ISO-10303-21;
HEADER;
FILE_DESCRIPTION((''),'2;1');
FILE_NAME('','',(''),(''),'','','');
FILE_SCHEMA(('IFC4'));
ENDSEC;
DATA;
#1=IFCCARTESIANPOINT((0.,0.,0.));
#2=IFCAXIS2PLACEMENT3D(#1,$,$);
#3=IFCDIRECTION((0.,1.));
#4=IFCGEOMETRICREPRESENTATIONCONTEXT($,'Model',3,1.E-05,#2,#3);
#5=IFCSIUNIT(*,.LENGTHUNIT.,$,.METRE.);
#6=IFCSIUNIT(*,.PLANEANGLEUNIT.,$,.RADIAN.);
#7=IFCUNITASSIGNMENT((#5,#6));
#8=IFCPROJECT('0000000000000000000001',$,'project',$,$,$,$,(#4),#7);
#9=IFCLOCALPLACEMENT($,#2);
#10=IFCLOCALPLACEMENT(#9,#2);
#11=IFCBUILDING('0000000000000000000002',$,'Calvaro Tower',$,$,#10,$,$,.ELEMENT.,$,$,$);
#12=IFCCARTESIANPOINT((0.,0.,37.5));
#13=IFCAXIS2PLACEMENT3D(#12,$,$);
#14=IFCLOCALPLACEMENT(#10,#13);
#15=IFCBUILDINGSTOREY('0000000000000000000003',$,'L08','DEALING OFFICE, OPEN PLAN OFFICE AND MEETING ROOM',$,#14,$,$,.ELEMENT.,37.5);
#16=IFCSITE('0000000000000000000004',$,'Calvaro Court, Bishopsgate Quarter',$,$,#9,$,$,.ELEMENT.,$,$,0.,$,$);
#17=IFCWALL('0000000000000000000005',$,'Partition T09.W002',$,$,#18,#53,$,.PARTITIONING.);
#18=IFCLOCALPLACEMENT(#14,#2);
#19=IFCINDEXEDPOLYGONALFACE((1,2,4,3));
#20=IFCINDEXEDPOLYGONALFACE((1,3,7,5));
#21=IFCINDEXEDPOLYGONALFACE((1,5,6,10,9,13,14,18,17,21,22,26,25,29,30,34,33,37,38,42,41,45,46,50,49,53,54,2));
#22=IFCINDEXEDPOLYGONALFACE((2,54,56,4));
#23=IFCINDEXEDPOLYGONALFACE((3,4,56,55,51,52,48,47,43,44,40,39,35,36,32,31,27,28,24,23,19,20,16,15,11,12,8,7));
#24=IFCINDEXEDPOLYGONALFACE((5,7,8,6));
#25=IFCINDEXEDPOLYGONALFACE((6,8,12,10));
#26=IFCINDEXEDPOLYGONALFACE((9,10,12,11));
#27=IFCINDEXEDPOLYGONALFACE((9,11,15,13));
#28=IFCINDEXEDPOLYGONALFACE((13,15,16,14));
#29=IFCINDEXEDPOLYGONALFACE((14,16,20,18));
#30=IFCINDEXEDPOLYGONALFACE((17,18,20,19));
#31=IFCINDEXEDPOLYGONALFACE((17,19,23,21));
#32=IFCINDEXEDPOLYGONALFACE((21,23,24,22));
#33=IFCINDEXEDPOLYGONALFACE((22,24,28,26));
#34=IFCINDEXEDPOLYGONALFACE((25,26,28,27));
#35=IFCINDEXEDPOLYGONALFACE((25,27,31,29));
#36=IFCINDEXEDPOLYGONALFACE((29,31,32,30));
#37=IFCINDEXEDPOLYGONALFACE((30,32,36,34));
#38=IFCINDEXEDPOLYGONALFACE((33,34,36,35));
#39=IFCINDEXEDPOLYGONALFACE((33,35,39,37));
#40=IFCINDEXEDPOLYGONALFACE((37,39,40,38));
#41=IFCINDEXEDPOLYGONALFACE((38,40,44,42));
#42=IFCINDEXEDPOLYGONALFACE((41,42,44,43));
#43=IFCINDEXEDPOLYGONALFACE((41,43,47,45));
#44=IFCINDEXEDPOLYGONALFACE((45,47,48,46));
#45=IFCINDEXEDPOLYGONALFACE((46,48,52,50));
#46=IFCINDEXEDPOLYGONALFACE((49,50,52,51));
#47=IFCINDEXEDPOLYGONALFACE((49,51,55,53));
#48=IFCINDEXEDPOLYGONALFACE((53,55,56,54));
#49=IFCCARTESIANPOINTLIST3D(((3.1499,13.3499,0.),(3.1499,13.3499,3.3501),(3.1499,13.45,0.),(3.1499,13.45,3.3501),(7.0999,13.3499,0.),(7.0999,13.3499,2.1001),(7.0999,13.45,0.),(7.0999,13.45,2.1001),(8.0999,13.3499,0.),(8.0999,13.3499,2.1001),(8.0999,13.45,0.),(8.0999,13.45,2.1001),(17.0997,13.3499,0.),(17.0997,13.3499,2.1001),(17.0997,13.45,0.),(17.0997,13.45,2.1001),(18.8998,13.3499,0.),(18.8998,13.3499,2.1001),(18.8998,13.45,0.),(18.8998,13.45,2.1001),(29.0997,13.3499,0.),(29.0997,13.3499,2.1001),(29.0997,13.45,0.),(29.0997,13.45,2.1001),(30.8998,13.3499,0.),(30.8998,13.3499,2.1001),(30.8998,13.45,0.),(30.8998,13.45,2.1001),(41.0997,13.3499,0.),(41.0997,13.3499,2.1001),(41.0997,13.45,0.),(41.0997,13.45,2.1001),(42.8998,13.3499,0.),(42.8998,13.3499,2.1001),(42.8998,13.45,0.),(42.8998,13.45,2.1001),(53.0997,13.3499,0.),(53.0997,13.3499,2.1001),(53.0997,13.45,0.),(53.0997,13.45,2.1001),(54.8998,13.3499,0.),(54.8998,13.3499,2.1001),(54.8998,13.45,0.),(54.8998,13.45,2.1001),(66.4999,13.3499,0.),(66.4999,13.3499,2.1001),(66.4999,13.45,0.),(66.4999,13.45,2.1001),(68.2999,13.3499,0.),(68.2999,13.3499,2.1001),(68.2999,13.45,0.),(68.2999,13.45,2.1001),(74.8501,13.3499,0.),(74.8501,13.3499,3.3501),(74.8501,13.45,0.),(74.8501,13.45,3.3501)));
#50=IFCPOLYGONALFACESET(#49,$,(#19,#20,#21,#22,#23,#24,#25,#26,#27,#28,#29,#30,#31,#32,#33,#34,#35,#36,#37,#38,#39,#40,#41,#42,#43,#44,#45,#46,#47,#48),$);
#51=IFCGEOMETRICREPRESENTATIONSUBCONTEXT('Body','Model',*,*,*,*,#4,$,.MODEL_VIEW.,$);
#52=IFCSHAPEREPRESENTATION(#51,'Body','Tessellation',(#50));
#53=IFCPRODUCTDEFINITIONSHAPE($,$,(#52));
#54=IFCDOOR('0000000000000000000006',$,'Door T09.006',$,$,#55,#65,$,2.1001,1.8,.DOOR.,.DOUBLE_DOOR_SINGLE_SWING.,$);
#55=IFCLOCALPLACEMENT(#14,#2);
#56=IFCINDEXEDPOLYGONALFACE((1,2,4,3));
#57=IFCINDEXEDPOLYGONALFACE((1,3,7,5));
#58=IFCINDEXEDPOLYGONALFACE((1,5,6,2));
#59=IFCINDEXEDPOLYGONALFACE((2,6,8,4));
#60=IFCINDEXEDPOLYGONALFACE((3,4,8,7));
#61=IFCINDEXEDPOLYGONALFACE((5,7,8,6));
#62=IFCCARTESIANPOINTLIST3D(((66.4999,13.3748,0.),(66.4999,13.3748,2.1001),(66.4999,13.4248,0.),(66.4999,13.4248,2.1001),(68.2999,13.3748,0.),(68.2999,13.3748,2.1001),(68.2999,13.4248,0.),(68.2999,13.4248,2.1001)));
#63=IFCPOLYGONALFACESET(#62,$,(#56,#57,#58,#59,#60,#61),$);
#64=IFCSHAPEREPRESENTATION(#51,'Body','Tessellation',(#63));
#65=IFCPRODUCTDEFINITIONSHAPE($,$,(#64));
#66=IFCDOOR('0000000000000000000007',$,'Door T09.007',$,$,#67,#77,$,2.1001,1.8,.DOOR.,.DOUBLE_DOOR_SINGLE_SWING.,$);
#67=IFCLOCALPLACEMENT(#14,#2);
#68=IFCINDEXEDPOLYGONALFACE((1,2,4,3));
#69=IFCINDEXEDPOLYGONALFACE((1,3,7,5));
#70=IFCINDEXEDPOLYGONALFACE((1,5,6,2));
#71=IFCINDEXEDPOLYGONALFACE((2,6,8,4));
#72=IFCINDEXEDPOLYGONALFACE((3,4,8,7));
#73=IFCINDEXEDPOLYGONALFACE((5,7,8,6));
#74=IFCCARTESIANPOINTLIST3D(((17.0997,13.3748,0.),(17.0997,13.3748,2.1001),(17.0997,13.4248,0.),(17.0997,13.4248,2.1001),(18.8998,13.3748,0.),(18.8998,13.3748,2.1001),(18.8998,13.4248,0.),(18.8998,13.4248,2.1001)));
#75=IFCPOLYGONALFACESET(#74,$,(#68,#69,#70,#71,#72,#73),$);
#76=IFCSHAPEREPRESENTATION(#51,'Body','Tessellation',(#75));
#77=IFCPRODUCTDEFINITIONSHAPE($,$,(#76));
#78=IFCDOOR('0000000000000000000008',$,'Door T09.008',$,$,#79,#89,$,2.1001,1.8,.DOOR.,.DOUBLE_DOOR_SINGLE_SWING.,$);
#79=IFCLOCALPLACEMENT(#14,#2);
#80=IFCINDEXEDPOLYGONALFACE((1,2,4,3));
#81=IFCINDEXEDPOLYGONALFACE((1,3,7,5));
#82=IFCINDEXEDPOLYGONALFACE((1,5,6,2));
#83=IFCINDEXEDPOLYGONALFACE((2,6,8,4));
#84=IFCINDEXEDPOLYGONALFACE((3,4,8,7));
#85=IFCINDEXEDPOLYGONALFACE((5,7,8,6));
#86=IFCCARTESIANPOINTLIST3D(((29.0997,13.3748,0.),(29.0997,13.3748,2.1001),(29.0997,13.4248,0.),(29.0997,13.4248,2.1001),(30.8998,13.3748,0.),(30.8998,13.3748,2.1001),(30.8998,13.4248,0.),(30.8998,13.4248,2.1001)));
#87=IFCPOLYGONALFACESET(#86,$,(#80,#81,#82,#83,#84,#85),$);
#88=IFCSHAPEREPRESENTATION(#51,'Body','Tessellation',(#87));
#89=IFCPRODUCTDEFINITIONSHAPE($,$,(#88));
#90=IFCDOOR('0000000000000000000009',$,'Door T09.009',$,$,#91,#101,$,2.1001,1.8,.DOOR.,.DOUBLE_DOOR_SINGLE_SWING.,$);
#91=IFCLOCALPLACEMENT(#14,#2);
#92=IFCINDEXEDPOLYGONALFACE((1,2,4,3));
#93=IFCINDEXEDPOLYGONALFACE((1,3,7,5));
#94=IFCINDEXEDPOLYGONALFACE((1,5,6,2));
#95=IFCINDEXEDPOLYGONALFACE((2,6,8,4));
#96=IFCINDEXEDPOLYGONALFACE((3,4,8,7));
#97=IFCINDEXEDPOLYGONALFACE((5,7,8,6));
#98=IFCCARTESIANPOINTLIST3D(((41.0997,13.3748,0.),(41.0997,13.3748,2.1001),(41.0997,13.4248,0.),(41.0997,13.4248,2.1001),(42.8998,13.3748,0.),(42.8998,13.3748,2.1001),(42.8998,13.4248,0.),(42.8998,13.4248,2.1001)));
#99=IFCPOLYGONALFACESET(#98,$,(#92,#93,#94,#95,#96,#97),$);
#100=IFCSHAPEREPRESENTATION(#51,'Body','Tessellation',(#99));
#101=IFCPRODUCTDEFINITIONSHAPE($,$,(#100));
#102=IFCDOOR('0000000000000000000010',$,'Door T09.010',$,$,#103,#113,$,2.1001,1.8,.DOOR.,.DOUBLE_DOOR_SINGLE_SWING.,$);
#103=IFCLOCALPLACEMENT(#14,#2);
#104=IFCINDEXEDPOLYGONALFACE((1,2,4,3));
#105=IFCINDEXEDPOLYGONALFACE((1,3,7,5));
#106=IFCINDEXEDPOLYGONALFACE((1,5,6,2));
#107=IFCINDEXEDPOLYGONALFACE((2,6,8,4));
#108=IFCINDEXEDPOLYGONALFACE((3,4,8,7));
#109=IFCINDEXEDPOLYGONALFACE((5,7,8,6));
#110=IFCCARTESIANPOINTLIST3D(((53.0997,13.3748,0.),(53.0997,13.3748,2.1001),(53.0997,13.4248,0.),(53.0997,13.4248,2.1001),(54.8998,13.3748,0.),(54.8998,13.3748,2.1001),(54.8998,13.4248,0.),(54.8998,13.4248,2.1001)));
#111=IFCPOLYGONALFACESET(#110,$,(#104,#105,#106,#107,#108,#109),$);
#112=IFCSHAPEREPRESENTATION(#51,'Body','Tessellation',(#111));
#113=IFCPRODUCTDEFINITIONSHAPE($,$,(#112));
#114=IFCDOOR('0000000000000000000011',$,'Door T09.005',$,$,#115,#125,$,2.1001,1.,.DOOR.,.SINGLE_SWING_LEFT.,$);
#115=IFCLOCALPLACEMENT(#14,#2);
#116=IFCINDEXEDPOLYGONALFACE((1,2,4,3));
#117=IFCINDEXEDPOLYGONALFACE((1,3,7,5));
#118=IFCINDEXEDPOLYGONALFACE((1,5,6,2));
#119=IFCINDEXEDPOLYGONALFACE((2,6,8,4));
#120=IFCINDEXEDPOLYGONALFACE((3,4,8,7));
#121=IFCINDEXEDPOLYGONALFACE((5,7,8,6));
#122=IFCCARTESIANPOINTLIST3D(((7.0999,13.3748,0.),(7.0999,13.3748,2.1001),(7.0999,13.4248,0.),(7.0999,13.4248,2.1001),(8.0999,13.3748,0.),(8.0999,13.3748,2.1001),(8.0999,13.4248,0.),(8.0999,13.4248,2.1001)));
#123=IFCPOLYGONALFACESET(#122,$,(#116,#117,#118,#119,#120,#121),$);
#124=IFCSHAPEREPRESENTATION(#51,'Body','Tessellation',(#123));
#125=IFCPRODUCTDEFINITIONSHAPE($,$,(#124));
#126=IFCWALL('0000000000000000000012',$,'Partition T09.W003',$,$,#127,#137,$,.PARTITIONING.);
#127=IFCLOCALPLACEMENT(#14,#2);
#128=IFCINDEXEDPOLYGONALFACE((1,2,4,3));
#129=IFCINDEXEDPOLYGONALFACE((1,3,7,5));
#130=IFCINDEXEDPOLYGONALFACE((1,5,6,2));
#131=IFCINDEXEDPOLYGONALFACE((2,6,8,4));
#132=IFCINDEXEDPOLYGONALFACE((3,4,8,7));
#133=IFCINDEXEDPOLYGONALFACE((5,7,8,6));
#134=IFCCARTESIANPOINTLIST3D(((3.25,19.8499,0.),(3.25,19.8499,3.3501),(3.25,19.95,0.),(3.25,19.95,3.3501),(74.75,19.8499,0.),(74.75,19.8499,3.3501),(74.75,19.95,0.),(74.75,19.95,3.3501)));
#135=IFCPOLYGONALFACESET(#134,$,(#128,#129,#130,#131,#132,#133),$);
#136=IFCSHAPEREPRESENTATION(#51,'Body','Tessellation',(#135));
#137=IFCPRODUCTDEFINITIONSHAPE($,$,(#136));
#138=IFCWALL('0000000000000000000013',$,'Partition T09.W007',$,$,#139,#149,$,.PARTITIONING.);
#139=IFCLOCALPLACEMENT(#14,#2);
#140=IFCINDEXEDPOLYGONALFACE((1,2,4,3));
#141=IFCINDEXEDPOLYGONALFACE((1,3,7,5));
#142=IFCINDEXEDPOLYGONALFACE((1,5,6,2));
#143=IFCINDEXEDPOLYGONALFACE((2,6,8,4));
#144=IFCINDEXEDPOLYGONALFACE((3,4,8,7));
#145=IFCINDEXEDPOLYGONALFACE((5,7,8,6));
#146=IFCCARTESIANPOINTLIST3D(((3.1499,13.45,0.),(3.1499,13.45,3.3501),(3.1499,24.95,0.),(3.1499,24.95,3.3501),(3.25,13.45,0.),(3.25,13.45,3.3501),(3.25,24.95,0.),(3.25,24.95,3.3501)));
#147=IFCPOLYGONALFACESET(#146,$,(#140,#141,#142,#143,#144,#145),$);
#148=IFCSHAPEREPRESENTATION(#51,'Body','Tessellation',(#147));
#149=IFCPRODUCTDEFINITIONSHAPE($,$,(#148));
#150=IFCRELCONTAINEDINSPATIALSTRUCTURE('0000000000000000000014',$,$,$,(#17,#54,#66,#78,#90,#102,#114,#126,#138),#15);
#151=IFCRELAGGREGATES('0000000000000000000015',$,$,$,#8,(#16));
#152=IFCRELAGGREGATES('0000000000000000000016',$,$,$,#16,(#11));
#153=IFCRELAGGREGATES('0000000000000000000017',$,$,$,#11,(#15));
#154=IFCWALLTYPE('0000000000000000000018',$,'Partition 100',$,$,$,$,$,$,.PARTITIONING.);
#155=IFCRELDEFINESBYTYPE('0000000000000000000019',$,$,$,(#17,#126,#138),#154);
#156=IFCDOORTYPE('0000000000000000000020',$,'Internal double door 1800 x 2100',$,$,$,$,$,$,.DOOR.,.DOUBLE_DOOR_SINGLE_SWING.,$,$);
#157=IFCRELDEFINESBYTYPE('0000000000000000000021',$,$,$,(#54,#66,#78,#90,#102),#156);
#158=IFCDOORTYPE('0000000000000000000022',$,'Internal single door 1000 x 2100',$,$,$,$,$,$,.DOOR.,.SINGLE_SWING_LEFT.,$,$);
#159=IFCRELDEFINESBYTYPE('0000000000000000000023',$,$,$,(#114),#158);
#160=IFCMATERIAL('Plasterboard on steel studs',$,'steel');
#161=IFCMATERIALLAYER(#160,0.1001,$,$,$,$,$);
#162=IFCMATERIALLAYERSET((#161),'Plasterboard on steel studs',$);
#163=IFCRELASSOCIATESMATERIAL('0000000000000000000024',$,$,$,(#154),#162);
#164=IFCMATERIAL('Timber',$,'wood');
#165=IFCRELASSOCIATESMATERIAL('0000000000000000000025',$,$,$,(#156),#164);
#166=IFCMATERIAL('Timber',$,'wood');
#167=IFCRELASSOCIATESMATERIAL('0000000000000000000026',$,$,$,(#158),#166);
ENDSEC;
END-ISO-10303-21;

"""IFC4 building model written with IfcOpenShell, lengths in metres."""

from ifc_helpers import new_model, si_unit, direction, frame, frame_2d, origin, place, context, subcontext, project, spatial, rectangle, extrude, material, layer, layer_set, type_object, element, fill, save


model = new_model("IFC4")

# Units and contexts
model_context = context("Model", 3, precision=1e-05, world=origin(), true_north=direction((0.0, 1.0)))
body_context = subcontext(model_context, "Body", "Model", "MODEL_VIEW")
ifc_project = project(units=[si_unit("LENGTHUNIT", "METRE"), si_unit("PLANEANGLEUNIT", "RADIAN")], contexts=[model_context])

# Site, building, storey
site_placement = place(None, origin())
site = spatial("IfcSite", under=ifc_project, at=site_placement, Name="Calvaro Court, Bishopsgate Quarter", CompositionType="ELEMENT", RefElevation=0.0)
building_placement = place(site_placement, origin())
building = spatial("IfcBuilding", under=site, at=building_placement, Name="Calvaro Tower", CompositionType="ELEMENT")
storey_placement = place(building_placement, frame((0.0, 0.0, 37.5)))
storey = spatial("IfcBuildingStorey", under=building, at=storey_placement, Name="L08", Description="DEALING OFFICE, OPEN PLAN OFFICE AND MEETING ROOM", CompositionType="ELEMENT", Elevation=37.5)

# Wall, openings, doors
ifc_material_1 = material(Name="Plasterboard on steel studs", Category="steel")
ifc_layer = layer(ifc_material_1, 0.1001)
ifc_layer_set = layer_set([ifc_layer], Name="Plasterboard on steel studs")
wall_type = type_object("IfcWallType", Name="Partition 100", PredefinedType="PARTITIONING", material=ifc_layer_set)
wall_1_placement = place(storey_placement, frame((3.1499, 13.3999, 0.0), z_axis=(0.0, 0.0, 1.0), x_axis=(1.0, 0.0, 0.0)))
wall_1 = element("IfcWall", 1, at=wall_1_placement, inside=storey, type_object=wall_type, Name="Partition T09.W002", PredefinedType="PARTITIONING", context=body_context, shape_type="SweptSolid", body=[
    extrude(rectangle(XDim=71.7002, YDim=0.1001, at=frame_2d((35.8501, 0.0))), origin(), (0.0, 0.0, 1.0), 3.3501),
])
opening_1_placement = place(wall_1_placement, frame((3.95, 0.0, 0.0)))
opening_1 = element("IfcOpeningElement", 2, at=opening_1_placement, cuts=wall_1, PredefinedType="OPENING", context=body_context, shape_type="SweptSolid", body=[
    extrude(rectangle(XDim=1.0, YDim=2.1001, at=frame_2d((0.5, 1.05))), frame((0.0, 0.0601, 0.0), z_axis=(0.0, -1.0, 0.0), x_axis=(1.0, 0.0, 0.0)), (0.0, 0.0, 1.0), 0.1201),
])
opening_2_placement = place(wall_1_placement, frame((63.3501, 0.0, 0.0)))
opening_2 = element("IfcOpeningElement", 3, at=opening_2_placement, cuts=wall_1, PredefinedType="OPENING", context=body_context, shape_type="SweptSolid", body=[
    extrude(rectangle(XDim=1.8, YDim=2.1001, at=frame_2d((0.8999, 1.05))), frame((0.0, 0.0601, 0.0), z_axis=(0.0, -1.0, 0.0), x_axis=(1.0, 0.0, 0.0)), (0.0, 0.0, 1.0), 0.1201),
])
opening_3_placement = place(wall_1_placement, frame((13.95, 0.0, 0.0)))
opening_3 = element("IfcOpeningElement", 4, at=opening_3_placement, cuts=wall_1, PredefinedType="OPENING", context=body_context, shape_type="SweptSolid", body=[
    extrude(rectangle(XDim=1.8, YDim=2.1001, at=frame_2d((0.8999, 1.05))), frame((0.0, 0.0601, 0.0), z_axis=(0.0, -1.0, 0.0), x_axis=(1.0, 0.0, 0.0)), (0.0, 0.0, 1.0), 0.1201),
])
opening_4_placement = place(wall_1_placement, frame((25.95, 0.0, 0.0)))
opening_4 = element("IfcOpeningElement", 5, at=opening_4_placement, cuts=wall_1, PredefinedType="OPENING", context=body_context, shape_type="SweptSolid", body=[
    extrude(rectangle(XDim=1.8, YDim=2.1001, at=frame_2d((0.8999, 1.05))), frame((0.0, 0.0601, 0.0), z_axis=(0.0, -1.0, 0.0), x_axis=(1.0, 0.0, 0.0)), (0.0, 0.0, 1.0), 0.1201),
])
opening_5_placement = place(wall_1_placement, frame((37.95, 0.0, 0.0)))
opening_5 = element("IfcOpeningElement", 6, at=opening_5_placement, cuts=wall_1, PredefinedType="OPENING", context=body_context, shape_type="SweptSolid", body=[
    extrude(rectangle(XDim=1.8, YDim=2.1001, at=frame_2d((0.8999, 1.05))), frame((0.0, 0.0601, 0.0), z_axis=(0.0, -1.0, 0.0), x_axis=(1.0, 0.0, 0.0)), (0.0, 0.0, 1.0), 0.1201),
])
opening_6_placement = place(wall_1_placement, frame((49.95, 0.0, 0.0)))
opening_6 = element("IfcOpeningElement", 7, at=opening_6_placement, cuts=wall_1, PredefinedType="OPENING", context=body_context, shape_type="SweptSolid", body=[
    extrude(rectangle(XDim=1.8, YDim=2.1001, at=frame_2d((0.8999, 1.05))), frame((0.0, 0.0601, 0.0), z_axis=(0.0, -1.0, 0.0), x_axis=(1.0, 0.0, 0.0)), (0.0, 0.0, 1.0), 0.1201),
])
ifc_material_2 = material(Name="Timber", Category="wood")
door_type_1 = type_object("IfcDoorType", Name="Internal double door 1800 x 2100", OperationType="DOUBLE_DOOR_SINGLE_SWING", PredefinedType="DOOR", material=ifc_material_2)
door_1_placement = place(opening_2_placement, origin())
door_1 = element("IfcDoor", 8, at=door_1_placement, inside=storey, type_object=door_type_1, Name="Door T09.006", OperationType="DOUBLE_DOOR_SINGLE_SWING", OverallHeight=2.1001, OverallWidth=1.8, PredefinedType="DOOR", context=body_context, shape_type="SweptSolid", body=[
    extrude(rectangle(XDim=1.8, YDim=2.1001, at=frame_2d((0.8999, 1.05))), frame((0.0, 0.0249, 0.0), z_axis=(0.0, -1.0, 0.0), x_axis=(1.0, 0.0, 0.0)), (0.0, 0.0, 1.0), 0.05),
])
fill(opening_2, door_1)
door_2_placement = place(opening_3_placement, origin())
door_2 = element("IfcDoor", 9, at=door_2_placement, inside=storey, type_object=door_type_1, Name="Door T09.007", OperationType="DOUBLE_DOOR_SINGLE_SWING", OverallHeight=2.1001, OverallWidth=1.8, PredefinedType="DOOR", context=body_context, shape_type="SweptSolid", body=[
    extrude(rectangle(XDim=1.8, YDim=2.1001, at=frame_2d((0.8999, 1.05))), frame((0.0, 0.0249, 0.0), z_axis=(0.0, -1.0, 0.0), x_axis=(1.0, 0.0, 0.0)), (0.0, 0.0, 1.0), 0.05),
])
fill(opening_3, door_2)
door_3_placement = place(opening_4_placement, origin())
door_3 = element("IfcDoor", 10, at=door_3_placement, inside=storey, type_object=door_type_1, Name="Door T09.008", OperationType="DOUBLE_DOOR_SINGLE_SWING", OverallHeight=2.1001, OverallWidth=1.8, PredefinedType="DOOR", context=body_context, shape_type="SweptSolid", body=[
    extrude(rectangle(XDim=1.8, YDim=2.1001, at=frame_2d((0.8999, 1.05))), frame((0.0, 0.0249, 0.0), z_axis=(0.0, -1.0, 0.0), x_axis=(1.0, 0.0, 0.0)), (0.0, 0.0, 1.0), 0.05),
])
fill(opening_4, door_3)
door_4_placement = place(opening_5_placement, origin())
door_4 = element("IfcDoor", 11, at=door_4_placement, inside=storey, type_object=door_type_1, Name="Door T09.009", OperationType="DOUBLE_DOOR_SINGLE_SWING", OverallHeight=2.1001, OverallWidth=1.8, PredefinedType="DOOR", context=body_context, shape_type="SweptSolid", body=[
    extrude(rectangle(XDim=1.8, YDim=2.1001, at=frame_2d((0.8999, 1.05))), frame((0.0, 0.0249, 0.0), z_axis=(0.0, -1.0, 0.0), x_axis=(1.0, 0.0, 0.0)), (0.0, 0.0, 1.0), 0.05),
])
fill(opening_5, door_4)
door_5_placement = place(opening_6_placement, origin())
door_5 = element("IfcDoor", 12, at=door_5_placement, inside=storey, type_object=door_type_1, Name="Door T09.010", OperationType="DOUBLE_DOOR_SINGLE_SWING", OverallHeight=2.1001, OverallWidth=1.8, PredefinedType="DOOR", context=body_context, shape_type="SweptSolid", body=[
    extrude(rectangle(XDim=1.8, YDim=2.1001, at=frame_2d((0.8999, 1.05))), frame((0.0, 0.0249, 0.0), z_axis=(0.0, -1.0, 0.0), x_axis=(1.0, 0.0, 0.0)), (0.0, 0.0, 1.0), 0.05),
])
fill(opening_6, door_5)
ifc_material_3 = material(Name="Timber", Category="wood")
door_type_2 = type_object("IfcDoorType", Name="Internal single door 1000 x 2100", OperationType="SINGLE_SWING_LEFT", PredefinedType="DOOR", material=ifc_material_3)
door_6_placement = place(opening_1_placement, origin())
door_6 = element("IfcDoor", 13, at=door_6_placement, inside=storey, type_object=door_type_2, Name="Door T09.005", OperationType="SINGLE_SWING_LEFT", OverallHeight=2.1001, OverallWidth=1.0, PredefinedType="DOOR", context=body_context, shape_type="SweptSolid", body=[
    extrude(rectangle(XDim=1.0, YDim=2.1001, at=frame_2d((0.5, 1.05))), frame((0.0, 0.0249, 0.0), z_axis=(0.0, -1.0, 0.0), x_axis=(1.0, 0.0, 0.0)), (0.0, 0.0, 1.0), 0.05),
])
fill(opening_1, door_6)

# Walls
wall_2_placement = place(storey_placement, frame((3.25, 19.8999, 0.0), z_axis=(0.0, 0.0, 1.0), x_axis=(1.0, 0.0, 0.0)))
element("IfcWall", 14, at=wall_2_placement, inside=storey, type_object=wall_type, Name="Partition T09.W003", PredefinedType="PARTITIONING", context=body_context, shape_type="SweptSolid", body=[
    extrude(rectangle(XDim=71.5, YDim=0.1001, at=frame_2d((35.75, 0.0))), origin(), (0.0, 0.0, 1.0), 3.3501),
])
wall_3_placement = place(storey_placement, frame((3.2, 13.45, 0.0), z_axis=(0.0, 0.0, 1.0), x_axis=(0.0, 1.0, 0.0)))
element("IfcWall", 15, at=wall_3_placement, inside=storey, type_object=wall_type, Name="Partition T09.W007", PredefinedType="PARTITIONING", context=body_context, shape_type="SweptSolid", body=[
    extrude(rectangle(XDim=11.5, YDim=0.1001, at=frame_2d((5.75, 0.0))), origin(), (0.0, 0.0, 1.0), 3.3501),
])

save(model, "model.ifc")
